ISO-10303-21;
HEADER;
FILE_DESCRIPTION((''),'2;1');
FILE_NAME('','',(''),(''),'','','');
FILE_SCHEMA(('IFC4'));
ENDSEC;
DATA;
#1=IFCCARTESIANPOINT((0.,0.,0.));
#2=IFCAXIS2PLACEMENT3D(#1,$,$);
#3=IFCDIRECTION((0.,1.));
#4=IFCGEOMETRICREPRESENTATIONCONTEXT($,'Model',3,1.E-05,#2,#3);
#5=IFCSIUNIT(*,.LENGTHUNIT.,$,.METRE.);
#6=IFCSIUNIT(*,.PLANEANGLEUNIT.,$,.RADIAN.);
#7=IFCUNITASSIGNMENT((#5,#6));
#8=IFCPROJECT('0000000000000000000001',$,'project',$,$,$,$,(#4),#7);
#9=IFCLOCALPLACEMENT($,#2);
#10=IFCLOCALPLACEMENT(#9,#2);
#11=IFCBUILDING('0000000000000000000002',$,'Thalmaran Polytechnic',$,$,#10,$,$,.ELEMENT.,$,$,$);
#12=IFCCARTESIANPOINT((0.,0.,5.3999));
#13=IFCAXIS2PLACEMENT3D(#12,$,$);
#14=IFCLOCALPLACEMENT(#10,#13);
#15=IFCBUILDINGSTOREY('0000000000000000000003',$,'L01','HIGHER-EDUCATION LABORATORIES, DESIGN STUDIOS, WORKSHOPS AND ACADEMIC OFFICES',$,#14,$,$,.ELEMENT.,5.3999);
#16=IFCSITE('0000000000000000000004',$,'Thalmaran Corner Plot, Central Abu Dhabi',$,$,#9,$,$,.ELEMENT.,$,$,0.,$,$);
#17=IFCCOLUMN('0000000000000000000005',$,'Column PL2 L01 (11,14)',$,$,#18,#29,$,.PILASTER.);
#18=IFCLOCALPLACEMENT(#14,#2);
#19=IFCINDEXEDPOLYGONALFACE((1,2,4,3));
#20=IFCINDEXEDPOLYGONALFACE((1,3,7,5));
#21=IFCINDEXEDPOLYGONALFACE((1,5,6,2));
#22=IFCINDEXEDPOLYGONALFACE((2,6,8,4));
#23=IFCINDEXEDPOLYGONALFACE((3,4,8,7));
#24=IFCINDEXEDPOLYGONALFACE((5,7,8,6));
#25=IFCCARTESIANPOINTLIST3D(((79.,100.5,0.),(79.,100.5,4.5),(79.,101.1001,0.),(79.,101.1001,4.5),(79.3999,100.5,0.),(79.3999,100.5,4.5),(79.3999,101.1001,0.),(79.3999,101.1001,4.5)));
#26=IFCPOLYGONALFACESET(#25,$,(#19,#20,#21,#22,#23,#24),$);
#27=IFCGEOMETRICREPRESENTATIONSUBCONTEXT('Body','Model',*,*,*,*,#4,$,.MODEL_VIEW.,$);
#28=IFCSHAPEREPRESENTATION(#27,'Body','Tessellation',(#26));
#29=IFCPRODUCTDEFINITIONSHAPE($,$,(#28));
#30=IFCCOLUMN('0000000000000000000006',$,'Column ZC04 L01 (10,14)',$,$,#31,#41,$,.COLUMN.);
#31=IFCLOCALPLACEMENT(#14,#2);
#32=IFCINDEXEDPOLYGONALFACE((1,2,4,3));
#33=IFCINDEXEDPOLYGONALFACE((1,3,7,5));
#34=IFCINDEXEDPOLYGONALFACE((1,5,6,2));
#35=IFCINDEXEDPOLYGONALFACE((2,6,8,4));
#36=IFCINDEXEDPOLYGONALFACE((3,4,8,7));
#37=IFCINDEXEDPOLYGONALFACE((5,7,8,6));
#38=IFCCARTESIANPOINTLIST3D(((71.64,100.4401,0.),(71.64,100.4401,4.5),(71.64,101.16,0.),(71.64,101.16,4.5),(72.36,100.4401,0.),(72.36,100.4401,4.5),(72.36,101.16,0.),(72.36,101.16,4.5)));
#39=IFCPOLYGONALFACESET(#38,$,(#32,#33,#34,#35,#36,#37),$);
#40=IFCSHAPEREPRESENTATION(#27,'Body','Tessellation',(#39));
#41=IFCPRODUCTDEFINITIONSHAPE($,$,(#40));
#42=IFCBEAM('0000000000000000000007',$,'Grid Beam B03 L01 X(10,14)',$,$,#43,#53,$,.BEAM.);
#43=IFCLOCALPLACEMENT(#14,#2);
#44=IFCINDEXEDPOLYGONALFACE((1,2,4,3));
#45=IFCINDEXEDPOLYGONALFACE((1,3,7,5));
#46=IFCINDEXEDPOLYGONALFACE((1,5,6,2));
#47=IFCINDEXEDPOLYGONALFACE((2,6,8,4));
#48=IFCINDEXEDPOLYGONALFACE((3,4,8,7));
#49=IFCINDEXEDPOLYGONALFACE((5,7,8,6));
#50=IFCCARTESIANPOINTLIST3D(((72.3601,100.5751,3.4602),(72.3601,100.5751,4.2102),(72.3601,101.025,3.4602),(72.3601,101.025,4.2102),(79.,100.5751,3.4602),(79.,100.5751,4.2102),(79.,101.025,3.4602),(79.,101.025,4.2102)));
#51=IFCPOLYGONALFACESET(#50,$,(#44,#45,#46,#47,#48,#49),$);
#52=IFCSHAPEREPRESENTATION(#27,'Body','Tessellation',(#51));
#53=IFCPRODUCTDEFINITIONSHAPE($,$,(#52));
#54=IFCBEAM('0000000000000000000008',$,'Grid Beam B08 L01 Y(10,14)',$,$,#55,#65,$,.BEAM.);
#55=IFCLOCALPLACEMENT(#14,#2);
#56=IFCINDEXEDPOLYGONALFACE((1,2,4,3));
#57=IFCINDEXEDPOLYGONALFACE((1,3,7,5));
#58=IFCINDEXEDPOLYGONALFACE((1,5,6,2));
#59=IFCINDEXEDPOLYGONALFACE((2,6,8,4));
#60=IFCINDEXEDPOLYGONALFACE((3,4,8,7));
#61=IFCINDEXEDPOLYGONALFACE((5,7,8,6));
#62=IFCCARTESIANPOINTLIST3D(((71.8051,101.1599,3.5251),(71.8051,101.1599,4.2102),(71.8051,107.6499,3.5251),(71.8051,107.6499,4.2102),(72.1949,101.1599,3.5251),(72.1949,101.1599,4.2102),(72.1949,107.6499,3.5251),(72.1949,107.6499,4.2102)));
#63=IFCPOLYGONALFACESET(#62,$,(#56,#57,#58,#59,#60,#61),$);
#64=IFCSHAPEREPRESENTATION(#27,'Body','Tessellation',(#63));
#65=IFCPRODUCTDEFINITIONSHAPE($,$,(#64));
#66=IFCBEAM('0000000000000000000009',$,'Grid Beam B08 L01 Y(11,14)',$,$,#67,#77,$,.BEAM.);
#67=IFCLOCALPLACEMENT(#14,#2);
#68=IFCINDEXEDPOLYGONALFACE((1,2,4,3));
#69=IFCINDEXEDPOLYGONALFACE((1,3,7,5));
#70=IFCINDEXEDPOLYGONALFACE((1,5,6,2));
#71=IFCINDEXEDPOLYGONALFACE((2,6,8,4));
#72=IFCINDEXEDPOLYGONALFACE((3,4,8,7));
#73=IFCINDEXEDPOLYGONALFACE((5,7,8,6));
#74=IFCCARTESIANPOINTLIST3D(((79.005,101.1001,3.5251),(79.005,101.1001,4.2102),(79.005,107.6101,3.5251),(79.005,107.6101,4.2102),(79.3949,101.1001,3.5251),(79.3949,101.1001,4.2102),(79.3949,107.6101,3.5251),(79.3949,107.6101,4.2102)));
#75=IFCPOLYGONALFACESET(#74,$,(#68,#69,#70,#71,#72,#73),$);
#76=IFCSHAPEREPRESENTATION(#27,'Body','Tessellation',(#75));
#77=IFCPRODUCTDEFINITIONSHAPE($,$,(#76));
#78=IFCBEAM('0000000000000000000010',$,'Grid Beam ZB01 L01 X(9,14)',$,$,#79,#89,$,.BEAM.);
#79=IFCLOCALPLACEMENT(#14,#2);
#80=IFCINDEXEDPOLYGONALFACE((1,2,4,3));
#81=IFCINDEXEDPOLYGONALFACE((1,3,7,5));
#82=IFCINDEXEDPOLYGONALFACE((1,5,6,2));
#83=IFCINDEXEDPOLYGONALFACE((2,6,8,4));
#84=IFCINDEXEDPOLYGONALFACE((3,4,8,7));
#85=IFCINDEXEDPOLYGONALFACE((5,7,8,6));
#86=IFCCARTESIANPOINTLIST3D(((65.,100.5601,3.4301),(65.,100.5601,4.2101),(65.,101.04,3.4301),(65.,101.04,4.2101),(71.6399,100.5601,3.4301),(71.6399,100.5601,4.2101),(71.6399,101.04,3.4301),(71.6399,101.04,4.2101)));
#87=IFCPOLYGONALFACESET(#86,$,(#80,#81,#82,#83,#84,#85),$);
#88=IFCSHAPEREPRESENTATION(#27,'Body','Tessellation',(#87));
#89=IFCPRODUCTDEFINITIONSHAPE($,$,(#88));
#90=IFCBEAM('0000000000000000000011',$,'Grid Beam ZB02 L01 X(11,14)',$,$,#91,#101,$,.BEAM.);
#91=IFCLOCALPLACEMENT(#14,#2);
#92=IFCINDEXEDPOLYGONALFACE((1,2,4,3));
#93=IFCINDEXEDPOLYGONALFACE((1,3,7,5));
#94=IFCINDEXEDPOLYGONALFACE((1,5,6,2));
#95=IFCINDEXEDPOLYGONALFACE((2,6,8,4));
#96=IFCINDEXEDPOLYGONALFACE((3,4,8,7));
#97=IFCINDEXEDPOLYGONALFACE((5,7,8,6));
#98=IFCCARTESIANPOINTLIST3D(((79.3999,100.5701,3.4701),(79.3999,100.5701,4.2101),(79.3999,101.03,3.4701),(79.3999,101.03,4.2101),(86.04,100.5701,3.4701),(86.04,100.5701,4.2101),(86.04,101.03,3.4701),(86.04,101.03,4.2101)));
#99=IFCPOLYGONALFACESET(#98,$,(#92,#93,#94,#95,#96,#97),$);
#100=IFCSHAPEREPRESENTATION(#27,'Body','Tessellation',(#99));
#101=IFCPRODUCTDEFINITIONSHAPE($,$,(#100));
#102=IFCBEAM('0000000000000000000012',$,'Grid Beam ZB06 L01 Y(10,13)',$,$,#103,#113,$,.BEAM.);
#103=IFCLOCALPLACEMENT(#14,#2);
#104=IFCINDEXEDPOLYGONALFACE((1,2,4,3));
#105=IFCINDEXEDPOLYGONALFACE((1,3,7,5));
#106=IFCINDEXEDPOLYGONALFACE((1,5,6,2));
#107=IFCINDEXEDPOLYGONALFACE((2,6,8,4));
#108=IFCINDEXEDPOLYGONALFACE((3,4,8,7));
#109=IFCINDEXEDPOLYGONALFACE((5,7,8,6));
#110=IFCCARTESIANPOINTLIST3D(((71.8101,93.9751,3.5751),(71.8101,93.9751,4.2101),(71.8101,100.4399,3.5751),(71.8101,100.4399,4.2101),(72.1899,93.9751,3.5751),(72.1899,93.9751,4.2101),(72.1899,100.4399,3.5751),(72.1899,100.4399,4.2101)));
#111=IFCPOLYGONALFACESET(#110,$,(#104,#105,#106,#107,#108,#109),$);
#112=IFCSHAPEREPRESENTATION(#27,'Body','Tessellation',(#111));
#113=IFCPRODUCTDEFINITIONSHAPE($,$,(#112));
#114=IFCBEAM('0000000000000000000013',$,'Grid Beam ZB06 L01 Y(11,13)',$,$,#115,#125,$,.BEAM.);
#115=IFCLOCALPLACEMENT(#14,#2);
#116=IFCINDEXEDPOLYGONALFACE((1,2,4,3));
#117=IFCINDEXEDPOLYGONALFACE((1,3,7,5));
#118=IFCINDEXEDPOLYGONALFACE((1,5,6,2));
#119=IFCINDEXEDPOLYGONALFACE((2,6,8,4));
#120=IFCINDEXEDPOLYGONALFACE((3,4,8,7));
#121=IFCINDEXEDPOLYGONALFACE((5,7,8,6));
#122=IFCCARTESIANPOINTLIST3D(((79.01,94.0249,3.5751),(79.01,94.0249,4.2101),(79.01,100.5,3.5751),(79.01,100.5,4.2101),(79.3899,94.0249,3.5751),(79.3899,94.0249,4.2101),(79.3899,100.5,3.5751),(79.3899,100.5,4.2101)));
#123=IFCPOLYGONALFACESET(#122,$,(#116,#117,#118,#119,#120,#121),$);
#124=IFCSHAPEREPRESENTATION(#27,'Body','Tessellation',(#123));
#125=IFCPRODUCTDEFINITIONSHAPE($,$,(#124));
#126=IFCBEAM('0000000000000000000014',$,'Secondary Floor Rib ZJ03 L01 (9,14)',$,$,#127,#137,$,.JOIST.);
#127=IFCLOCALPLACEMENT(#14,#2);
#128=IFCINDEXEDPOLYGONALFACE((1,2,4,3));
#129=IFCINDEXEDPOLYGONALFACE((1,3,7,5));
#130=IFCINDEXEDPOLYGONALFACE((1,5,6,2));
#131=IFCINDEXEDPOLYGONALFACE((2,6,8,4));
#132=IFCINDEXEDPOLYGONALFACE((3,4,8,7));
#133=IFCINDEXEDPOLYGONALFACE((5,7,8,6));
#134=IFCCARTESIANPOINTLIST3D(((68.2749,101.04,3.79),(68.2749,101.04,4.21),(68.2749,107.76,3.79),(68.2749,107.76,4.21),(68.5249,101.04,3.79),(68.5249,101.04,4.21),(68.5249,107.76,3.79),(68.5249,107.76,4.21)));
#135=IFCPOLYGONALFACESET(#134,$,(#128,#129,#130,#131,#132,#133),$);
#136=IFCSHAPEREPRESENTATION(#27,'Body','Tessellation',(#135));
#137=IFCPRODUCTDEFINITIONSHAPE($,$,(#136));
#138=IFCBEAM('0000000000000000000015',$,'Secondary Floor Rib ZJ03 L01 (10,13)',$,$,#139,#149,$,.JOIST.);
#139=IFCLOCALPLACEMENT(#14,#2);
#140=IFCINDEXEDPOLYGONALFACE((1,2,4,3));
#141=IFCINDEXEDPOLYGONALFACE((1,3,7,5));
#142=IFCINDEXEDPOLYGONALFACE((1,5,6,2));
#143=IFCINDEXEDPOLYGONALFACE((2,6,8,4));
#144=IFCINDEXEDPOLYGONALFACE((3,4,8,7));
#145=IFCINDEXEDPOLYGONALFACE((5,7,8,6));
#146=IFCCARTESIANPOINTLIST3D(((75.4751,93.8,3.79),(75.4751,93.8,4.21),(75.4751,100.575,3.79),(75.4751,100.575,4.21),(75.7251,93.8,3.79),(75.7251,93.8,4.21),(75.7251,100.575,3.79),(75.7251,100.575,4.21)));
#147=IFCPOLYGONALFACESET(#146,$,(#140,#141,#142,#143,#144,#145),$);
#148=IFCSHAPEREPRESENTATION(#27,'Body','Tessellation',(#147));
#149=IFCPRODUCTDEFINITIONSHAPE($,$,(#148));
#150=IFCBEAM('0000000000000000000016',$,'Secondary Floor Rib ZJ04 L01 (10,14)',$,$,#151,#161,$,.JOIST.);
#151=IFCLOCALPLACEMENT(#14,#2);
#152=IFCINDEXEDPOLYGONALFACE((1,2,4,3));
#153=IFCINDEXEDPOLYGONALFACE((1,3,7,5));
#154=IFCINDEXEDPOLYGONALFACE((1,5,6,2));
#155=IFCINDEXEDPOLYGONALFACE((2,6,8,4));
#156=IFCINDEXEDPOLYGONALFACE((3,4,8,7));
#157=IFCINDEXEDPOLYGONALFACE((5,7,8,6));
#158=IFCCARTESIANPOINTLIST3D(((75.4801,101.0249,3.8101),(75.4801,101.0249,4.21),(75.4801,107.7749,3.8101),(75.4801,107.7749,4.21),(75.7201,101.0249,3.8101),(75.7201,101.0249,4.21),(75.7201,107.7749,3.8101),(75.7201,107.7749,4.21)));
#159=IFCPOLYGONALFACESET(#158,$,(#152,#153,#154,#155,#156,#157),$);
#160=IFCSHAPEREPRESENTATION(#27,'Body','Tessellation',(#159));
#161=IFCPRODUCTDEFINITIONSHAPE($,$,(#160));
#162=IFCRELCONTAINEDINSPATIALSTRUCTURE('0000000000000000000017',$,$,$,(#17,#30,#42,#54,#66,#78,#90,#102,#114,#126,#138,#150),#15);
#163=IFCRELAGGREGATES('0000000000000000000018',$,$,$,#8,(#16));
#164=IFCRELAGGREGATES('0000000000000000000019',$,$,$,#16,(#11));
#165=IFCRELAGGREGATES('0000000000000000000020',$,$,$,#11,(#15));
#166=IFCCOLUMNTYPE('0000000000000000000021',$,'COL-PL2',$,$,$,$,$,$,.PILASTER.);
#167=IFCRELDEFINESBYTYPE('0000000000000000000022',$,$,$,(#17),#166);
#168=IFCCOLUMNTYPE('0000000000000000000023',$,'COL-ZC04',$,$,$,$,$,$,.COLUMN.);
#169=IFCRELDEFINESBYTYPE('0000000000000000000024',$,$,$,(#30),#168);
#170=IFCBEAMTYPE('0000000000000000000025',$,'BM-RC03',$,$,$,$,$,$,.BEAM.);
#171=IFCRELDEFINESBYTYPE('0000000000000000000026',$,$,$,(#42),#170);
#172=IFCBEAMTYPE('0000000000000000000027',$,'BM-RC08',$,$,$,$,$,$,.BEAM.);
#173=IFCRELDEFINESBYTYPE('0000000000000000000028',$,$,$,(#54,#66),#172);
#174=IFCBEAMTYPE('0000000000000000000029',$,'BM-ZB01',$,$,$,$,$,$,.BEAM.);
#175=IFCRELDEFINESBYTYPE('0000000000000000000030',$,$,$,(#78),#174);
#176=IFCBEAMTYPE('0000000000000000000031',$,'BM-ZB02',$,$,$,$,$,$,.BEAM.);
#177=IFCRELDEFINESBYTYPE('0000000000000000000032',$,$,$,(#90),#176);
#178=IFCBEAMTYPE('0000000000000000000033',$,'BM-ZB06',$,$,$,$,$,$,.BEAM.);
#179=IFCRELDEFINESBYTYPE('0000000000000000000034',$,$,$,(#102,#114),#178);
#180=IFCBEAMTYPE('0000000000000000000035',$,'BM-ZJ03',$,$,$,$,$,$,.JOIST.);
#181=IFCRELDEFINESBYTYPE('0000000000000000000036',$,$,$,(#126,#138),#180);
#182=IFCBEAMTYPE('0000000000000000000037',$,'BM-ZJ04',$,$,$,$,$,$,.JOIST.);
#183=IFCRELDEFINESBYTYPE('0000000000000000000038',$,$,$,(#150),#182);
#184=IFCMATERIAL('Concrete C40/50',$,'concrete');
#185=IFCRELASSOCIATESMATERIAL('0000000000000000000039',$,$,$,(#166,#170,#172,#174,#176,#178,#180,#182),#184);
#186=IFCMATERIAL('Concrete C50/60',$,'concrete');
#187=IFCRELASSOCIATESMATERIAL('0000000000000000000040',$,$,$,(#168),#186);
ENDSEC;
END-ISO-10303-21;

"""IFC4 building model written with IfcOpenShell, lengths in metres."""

from ifc_helpers import new_model, si_unit, direction, frame, origin, origin_2d, place, context, subcontext, project, spatial, rectangle, extrude, material, material_profile, profile_set, type_object, element, save


model = new_model("IFC4")

# Units and contexts
model_context = context("Model", 3, precision=1e-05, world=origin(), true_north=direction((0.0, 1.0)))
body_context = subcontext(model_context, "Body", "Model", "MODEL_VIEW")
ifc_project = project(units=[si_unit("LENGTHUNIT", "METRE"), si_unit("PLANEANGLEUNIT", "RADIAN")], contexts=[model_context])

# Site, building, storey
site_placement = place(None, origin())
site = spatial("IfcSite", under=ifc_project, at=site_placement, Name="Thalmaran Corner Plot, Central Abu Dhabi", CompositionType="ELEMENT", RefElevation=0.0)
building_placement = place(site_placement, origin())
building = spatial("IfcBuilding", under=site, at=building_placement, Name="Thalmaran Polytechnic", CompositionType="ELEMENT")
storey_placement = place(building_placement, frame((0.0, 0.0, 5.3999)))
storey = spatial("IfcBuildingStorey", under=building, at=storey_placement, Name="L01", Description="HIGHER-EDUCATION LABORATORIES, DESIGN STUDIOS, WORKSHOPS AND ACADEMIC OFFICES", CompositionType="ELEMENT", Elevation=5.3999)

# Columns
ifc_material_1 = material(Name="Concrete C40/50", Category="concrete")
ifc_material_profile_1 = material_profile(ifc_material_1, rectangle(XDim=0.3999, YDim=0.6001, at=origin_2d()), Name="RC 400x600")
ifc_profile_set_1 = profile_set([ifc_material_profile_1], Name="Concrete C40/50")
column_type_1 = type_object("IfcColumnType", Name="COL-PL2", PredefinedType="PILASTER", material=ifc_profile_set_1)
column_1_placement = place(storey_placement, frame((79.2, 100.8, 0.0), z_axis=(0.0, 0.0, 1.0), x_axis=(1.0, 0.0, 0.0)))
element("IfcColumn", 1, at=column_1_placement, inside=storey, type_object=column_type_1, Name="Column PL2 L01 (11,14)", PredefinedType="PILASTER", context=body_context, shape_type="SweptSolid", body=[
    extrude(rectangle(XDim=0.3999, YDim=0.6001, at=origin_2d()), origin(), (0.0, 0.0, 1.0), 4.5),
])
ifc_material_2 = material(Name="Concrete C50/60", Category="concrete")
ifc_material_profile_2 = material_profile(ifc_material_2, rectangle(XDim=0.72, YDim=0.72, at=origin_2d()), Name="RC 720x720")
ifc_profile_set_2 = profile_set([ifc_material_profile_2], Name="Concrete C50/60")
column_type_2 = type_object("IfcColumnType", Name="COL-ZC04", PredefinedType="COLUMN", material=ifc_profile_set_2)
column_2_placement = place(storey_placement, frame((72.0, 100.8, 0.0), z_axis=(0.0, 0.0, 1.0), x_axis=(1.0, 0.0, 0.0)))
element("IfcColumn", 2, at=column_2_placement, inside=storey, type_object=column_type_2, Name="Column ZC04 L01 (10,14)", PredefinedType="COLUMN", context=body_context, shape_type="SweptSolid", body=[
    extrude(rectangle(XDim=0.72, YDim=0.72, at=origin_2d()), origin(), (0.0, 0.0, 1.0), 4.5),
])

# Beams
ifc_material_profile_3 = material_profile(ifc_material_1, rectangle(XDim=0.45, YDim=0.75, at=origin_2d()), Name="RC 450x750")
ifc_profile_set_3 = profile_set([ifc_material_profile_3], Name="Concrete C40/50")
beam_type_1 = type_object("IfcBeamType", Name="BM-RC03", PredefinedType="BEAM", material=ifc_profile_set_3)
beam_1_placement = place(storey_placement, frame((72.3601, 100.8, 3.8352), z_axis=(1.0, 0.0, 0.0), x_axis=(0.0, 1.0, 0.0)))
element("IfcBeam", 3, at=beam_1_placement, inside=storey, type_object=beam_type_1, Name="Grid Beam B03 L01 X(10,14)", PredefinedType="BEAM", context=body_context, shape_type="SweptSolid", body=[
    extrude(rectangle(XDim=0.45, YDim=0.75, at=origin_2d()), origin(), (0.0, 0.0, 1.0), 6.6399),
])
ifc_material_profile_4 = material_profile(ifc_material_1, rectangle(XDim=0.3899, YDim=0.6851, at=origin_2d()), Name="RC 390x685")
ifc_profile_set_4 = profile_set([ifc_material_profile_4], Name="Concrete C40/50")
beam_type_2 = type_object("IfcBeamType", Name="BM-RC08", PredefinedType="BEAM", material=ifc_profile_set_4)
beam_2_placement = place(storey_placement, frame((72.0, 101.1599, 3.8677), z_axis=(0.0, 1.0, 0.0), x_axis=(-1.0, 0.0, 0.0)))
element("IfcBeam", 4, at=beam_2_placement, inside=storey, type_object=beam_type_2, Name="Grid Beam B08 L01 Y(10,14)", PredefinedType="BEAM", context=body_context, shape_type="SweptSolid", body=[
    extrude(rectangle(XDim=0.3899, YDim=0.6851, at=origin_2d()), origin(), (0.0, 0.0, 1.0), 6.49),
])
beam_3_placement = place(storey_placement, frame((79.2, 101.1001, 3.8677), z_axis=(0.0, 1.0, 0.0), x_axis=(-1.0, 0.0, 0.0)))
element("IfcBeam", 5, at=beam_3_placement, inside=storey, type_object=beam_type_2, Name="Grid Beam B08 L01 Y(11,14)", PredefinedType="BEAM", context=body_context, shape_type="SweptSolid", body=[
    extrude(rectangle(XDim=0.3899, YDim=0.6851, at=origin_2d()), origin(), (0.0, 0.0, 1.0), 6.51),
])
ifc_material_profile_5 = material_profile(ifc_material_1, rectangle(XDim=0.48, YDim=0.78, at=origin_2d()), Name="RC 480x780")
ifc_profile_set_5 = profile_set([ifc_material_profile_5], Name="Concrete C40/50")
beam_type_3 = type_object("IfcBeamType", Name="BM-ZB01", PredefinedType="BEAM", material=ifc_profile_set_5)
beam_4_placement = place(storey_placement, frame((65.0, 100.8, 3.8201), z_axis=(1.0, 0.0, 0.0), x_axis=(0.0, 1.0, 0.0)))
element("IfcBeam", 6, at=beam_4_placement, inside=storey, type_object=beam_type_3, Name="Grid Beam ZB01 L01 X(9,14)", PredefinedType="BEAM", context=body_context, shape_type="SweptSolid", body=[
    extrude(rectangle(XDim=0.48, YDim=0.78, at=origin_2d()), origin(), (0.0, 0.0, 1.0), 6.6399),
])
ifc_material_profile_6 = material_profile(ifc_material_1, rectangle(XDim=0.46, YDim=0.74, at=origin_2d()), Name="RC 460x740")
ifc_profile_set_6 = profile_set([ifc_material_profile_6], Name="Concrete C40/50")
beam_type_4 = type_object("IfcBeamType", Name="BM-ZB02", PredefinedType="BEAM", material=ifc_profile_set_6)
beam_5_placement = place(storey_placement, frame((79.3999, 100.8, 3.8401), z_axis=(1.0, 0.0, 0.0), x_axis=(0.0, 1.0, 0.0)))
element("IfcBeam", 7, at=beam_5_placement, inside=storey, type_object=beam_type_4, Name="Grid Beam ZB02 L01 X(11,14)", PredefinedType="BEAM", context=body_context, shape_type="SweptSolid", body=[
    extrude(rectangle(XDim=0.46, YDim=0.74, at=origin_2d()), origin(), (0.0, 0.0, 1.0), 6.6401),
])
ifc_material_profile_7 = material_profile(ifc_material_1, rectangle(XDim=0.3799, YDim=0.635, at=origin_2d()), Name="RC 380x635")
ifc_profile_set_7 = profile_set([ifc_material_profile_7], Name="Concrete C40/50")
beam_type_5 = type_object("IfcBeamType", Name="BM-ZB06", PredefinedType="BEAM", material=ifc_profile_set_7)
beam_6_placement = place(storey_placement, frame((72.0, 93.9751, 3.8926), z_axis=(0.0, 1.0, 0.0), x_axis=(-1.0, 0.0, 0.0)))
element("IfcBeam", 8, at=beam_6_placement, inside=storey, type_object=beam_type_5, Name="Grid Beam ZB06 L01 Y(10,13)", PredefinedType="BEAM", context=body_context, shape_type="SweptSolid", body=[
    extrude(rectangle(XDim=0.3799, YDim=0.635, at=origin_2d()), origin(), (0.0, 0.0, 1.0), 6.4648),
])
beam_7_placement = place(storey_placement, frame((79.2, 94.0249, 3.8926), z_axis=(0.0, 1.0, 0.0), x_axis=(-1.0, 0.0, 0.0)))
element("IfcBeam", 9, at=beam_7_placement, inside=storey, type_object=beam_type_5, Name="Grid Beam ZB06 L01 Y(11,13)", PredefinedType="BEAM", context=body_context, shape_type="SweptSolid", body=[
    extrude(rectangle(XDim=0.3799, YDim=0.635, at=origin_2d()), origin(), (0.0, 0.0, 1.0), 6.4751),
])
ifc_material_profile_8 = material_profile(ifc_material_1, rectangle(XDim=0.25, YDim=0.4199, at=origin_2d()), Name="RC 250x420")
ifc_profile_set_8 = profile_set([ifc_material_profile_8], Name="Concrete C40/50")
beam_type_6 = type_object("IfcBeamType", Name="BM-ZJ03", PredefinedType="JOIST", material=ifc_profile_set_8)
beam_8_placement = place(storey_placement, frame((68.3999, 101.04, 4.0), z_axis=(0.0, 1.0, 0.0), x_axis=(-1.0, 0.0, 0.0)))
element("IfcBeam", 10, at=beam_8_placement, inside=storey, type_object=beam_type_6, Name="Secondary Floor Rib ZJ03 L01 (9,14)", PredefinedType="JOIST", context=body_context, shape_type="SweptSolid", body=[
    extrude(rectangle(XDim=0.25, YDim=0.4199, at=origin_2d()), origin(), (0.0, 0.0, 1.0), 6.72),
])
beam_9_placement = place(storey_placement, frame((75.6001, 93.8, 4.0), z_axis=(0.0, 1.0, 0.0), x_axis=(-1.0, 0.0, 0.0)))
element("IfcBeam", 11, at=beam_9_placement, inside=storey, type_object=beam_type_6, Name="Secondary Floor Rib ZJ03 L01 (10,13)", PredefinedType="JOIST", context=body_context, shape_type="SweptSolid", body=[
    extrude(rectangle(XDim=0.25, YDim=0.4199, at=origin_2d()), origin(), (0.0, 0.0, 1.0), 6.7749),
])
ifc_material_profile_9 = material_profile(ifc_material_1, rectangle(XDim=0.24, YDim=0.3999, at=origin_2d()), Name="RC 240x400")
ifc_profile_set_9 = profile_set([ifc_material_profile_9], Name="Concrete C40/50")
beam_type_7 = type_object("IfcBeamType", Name="BM-ZJ04", PredefinedType="JOIST", material=ifc_profile_set_9)
beam_10_placement = place(storey_placement, frame((75.6001, 101.0249, 4.01), z_axis=(0.0, 1.0, 0.0), x_axis=(-1.0, 0.0, 0.0)))
element("IfcBeam", 12, at=beam_10_placement, inside=storey, type_object=beam_type_7, Name="Secondary Floor Rib ZJ04 L01 (10,14)", PredefinedType="JOIST", context=body_context, shape_type="SweptSolid", body=[
    extrude(rectangle(XDim=0.24, YDim=0.3999, at=origin_2d()), origin(), (0.0, 0.0, 1.0), 6.75),
])

save(model, "model.ifc")
